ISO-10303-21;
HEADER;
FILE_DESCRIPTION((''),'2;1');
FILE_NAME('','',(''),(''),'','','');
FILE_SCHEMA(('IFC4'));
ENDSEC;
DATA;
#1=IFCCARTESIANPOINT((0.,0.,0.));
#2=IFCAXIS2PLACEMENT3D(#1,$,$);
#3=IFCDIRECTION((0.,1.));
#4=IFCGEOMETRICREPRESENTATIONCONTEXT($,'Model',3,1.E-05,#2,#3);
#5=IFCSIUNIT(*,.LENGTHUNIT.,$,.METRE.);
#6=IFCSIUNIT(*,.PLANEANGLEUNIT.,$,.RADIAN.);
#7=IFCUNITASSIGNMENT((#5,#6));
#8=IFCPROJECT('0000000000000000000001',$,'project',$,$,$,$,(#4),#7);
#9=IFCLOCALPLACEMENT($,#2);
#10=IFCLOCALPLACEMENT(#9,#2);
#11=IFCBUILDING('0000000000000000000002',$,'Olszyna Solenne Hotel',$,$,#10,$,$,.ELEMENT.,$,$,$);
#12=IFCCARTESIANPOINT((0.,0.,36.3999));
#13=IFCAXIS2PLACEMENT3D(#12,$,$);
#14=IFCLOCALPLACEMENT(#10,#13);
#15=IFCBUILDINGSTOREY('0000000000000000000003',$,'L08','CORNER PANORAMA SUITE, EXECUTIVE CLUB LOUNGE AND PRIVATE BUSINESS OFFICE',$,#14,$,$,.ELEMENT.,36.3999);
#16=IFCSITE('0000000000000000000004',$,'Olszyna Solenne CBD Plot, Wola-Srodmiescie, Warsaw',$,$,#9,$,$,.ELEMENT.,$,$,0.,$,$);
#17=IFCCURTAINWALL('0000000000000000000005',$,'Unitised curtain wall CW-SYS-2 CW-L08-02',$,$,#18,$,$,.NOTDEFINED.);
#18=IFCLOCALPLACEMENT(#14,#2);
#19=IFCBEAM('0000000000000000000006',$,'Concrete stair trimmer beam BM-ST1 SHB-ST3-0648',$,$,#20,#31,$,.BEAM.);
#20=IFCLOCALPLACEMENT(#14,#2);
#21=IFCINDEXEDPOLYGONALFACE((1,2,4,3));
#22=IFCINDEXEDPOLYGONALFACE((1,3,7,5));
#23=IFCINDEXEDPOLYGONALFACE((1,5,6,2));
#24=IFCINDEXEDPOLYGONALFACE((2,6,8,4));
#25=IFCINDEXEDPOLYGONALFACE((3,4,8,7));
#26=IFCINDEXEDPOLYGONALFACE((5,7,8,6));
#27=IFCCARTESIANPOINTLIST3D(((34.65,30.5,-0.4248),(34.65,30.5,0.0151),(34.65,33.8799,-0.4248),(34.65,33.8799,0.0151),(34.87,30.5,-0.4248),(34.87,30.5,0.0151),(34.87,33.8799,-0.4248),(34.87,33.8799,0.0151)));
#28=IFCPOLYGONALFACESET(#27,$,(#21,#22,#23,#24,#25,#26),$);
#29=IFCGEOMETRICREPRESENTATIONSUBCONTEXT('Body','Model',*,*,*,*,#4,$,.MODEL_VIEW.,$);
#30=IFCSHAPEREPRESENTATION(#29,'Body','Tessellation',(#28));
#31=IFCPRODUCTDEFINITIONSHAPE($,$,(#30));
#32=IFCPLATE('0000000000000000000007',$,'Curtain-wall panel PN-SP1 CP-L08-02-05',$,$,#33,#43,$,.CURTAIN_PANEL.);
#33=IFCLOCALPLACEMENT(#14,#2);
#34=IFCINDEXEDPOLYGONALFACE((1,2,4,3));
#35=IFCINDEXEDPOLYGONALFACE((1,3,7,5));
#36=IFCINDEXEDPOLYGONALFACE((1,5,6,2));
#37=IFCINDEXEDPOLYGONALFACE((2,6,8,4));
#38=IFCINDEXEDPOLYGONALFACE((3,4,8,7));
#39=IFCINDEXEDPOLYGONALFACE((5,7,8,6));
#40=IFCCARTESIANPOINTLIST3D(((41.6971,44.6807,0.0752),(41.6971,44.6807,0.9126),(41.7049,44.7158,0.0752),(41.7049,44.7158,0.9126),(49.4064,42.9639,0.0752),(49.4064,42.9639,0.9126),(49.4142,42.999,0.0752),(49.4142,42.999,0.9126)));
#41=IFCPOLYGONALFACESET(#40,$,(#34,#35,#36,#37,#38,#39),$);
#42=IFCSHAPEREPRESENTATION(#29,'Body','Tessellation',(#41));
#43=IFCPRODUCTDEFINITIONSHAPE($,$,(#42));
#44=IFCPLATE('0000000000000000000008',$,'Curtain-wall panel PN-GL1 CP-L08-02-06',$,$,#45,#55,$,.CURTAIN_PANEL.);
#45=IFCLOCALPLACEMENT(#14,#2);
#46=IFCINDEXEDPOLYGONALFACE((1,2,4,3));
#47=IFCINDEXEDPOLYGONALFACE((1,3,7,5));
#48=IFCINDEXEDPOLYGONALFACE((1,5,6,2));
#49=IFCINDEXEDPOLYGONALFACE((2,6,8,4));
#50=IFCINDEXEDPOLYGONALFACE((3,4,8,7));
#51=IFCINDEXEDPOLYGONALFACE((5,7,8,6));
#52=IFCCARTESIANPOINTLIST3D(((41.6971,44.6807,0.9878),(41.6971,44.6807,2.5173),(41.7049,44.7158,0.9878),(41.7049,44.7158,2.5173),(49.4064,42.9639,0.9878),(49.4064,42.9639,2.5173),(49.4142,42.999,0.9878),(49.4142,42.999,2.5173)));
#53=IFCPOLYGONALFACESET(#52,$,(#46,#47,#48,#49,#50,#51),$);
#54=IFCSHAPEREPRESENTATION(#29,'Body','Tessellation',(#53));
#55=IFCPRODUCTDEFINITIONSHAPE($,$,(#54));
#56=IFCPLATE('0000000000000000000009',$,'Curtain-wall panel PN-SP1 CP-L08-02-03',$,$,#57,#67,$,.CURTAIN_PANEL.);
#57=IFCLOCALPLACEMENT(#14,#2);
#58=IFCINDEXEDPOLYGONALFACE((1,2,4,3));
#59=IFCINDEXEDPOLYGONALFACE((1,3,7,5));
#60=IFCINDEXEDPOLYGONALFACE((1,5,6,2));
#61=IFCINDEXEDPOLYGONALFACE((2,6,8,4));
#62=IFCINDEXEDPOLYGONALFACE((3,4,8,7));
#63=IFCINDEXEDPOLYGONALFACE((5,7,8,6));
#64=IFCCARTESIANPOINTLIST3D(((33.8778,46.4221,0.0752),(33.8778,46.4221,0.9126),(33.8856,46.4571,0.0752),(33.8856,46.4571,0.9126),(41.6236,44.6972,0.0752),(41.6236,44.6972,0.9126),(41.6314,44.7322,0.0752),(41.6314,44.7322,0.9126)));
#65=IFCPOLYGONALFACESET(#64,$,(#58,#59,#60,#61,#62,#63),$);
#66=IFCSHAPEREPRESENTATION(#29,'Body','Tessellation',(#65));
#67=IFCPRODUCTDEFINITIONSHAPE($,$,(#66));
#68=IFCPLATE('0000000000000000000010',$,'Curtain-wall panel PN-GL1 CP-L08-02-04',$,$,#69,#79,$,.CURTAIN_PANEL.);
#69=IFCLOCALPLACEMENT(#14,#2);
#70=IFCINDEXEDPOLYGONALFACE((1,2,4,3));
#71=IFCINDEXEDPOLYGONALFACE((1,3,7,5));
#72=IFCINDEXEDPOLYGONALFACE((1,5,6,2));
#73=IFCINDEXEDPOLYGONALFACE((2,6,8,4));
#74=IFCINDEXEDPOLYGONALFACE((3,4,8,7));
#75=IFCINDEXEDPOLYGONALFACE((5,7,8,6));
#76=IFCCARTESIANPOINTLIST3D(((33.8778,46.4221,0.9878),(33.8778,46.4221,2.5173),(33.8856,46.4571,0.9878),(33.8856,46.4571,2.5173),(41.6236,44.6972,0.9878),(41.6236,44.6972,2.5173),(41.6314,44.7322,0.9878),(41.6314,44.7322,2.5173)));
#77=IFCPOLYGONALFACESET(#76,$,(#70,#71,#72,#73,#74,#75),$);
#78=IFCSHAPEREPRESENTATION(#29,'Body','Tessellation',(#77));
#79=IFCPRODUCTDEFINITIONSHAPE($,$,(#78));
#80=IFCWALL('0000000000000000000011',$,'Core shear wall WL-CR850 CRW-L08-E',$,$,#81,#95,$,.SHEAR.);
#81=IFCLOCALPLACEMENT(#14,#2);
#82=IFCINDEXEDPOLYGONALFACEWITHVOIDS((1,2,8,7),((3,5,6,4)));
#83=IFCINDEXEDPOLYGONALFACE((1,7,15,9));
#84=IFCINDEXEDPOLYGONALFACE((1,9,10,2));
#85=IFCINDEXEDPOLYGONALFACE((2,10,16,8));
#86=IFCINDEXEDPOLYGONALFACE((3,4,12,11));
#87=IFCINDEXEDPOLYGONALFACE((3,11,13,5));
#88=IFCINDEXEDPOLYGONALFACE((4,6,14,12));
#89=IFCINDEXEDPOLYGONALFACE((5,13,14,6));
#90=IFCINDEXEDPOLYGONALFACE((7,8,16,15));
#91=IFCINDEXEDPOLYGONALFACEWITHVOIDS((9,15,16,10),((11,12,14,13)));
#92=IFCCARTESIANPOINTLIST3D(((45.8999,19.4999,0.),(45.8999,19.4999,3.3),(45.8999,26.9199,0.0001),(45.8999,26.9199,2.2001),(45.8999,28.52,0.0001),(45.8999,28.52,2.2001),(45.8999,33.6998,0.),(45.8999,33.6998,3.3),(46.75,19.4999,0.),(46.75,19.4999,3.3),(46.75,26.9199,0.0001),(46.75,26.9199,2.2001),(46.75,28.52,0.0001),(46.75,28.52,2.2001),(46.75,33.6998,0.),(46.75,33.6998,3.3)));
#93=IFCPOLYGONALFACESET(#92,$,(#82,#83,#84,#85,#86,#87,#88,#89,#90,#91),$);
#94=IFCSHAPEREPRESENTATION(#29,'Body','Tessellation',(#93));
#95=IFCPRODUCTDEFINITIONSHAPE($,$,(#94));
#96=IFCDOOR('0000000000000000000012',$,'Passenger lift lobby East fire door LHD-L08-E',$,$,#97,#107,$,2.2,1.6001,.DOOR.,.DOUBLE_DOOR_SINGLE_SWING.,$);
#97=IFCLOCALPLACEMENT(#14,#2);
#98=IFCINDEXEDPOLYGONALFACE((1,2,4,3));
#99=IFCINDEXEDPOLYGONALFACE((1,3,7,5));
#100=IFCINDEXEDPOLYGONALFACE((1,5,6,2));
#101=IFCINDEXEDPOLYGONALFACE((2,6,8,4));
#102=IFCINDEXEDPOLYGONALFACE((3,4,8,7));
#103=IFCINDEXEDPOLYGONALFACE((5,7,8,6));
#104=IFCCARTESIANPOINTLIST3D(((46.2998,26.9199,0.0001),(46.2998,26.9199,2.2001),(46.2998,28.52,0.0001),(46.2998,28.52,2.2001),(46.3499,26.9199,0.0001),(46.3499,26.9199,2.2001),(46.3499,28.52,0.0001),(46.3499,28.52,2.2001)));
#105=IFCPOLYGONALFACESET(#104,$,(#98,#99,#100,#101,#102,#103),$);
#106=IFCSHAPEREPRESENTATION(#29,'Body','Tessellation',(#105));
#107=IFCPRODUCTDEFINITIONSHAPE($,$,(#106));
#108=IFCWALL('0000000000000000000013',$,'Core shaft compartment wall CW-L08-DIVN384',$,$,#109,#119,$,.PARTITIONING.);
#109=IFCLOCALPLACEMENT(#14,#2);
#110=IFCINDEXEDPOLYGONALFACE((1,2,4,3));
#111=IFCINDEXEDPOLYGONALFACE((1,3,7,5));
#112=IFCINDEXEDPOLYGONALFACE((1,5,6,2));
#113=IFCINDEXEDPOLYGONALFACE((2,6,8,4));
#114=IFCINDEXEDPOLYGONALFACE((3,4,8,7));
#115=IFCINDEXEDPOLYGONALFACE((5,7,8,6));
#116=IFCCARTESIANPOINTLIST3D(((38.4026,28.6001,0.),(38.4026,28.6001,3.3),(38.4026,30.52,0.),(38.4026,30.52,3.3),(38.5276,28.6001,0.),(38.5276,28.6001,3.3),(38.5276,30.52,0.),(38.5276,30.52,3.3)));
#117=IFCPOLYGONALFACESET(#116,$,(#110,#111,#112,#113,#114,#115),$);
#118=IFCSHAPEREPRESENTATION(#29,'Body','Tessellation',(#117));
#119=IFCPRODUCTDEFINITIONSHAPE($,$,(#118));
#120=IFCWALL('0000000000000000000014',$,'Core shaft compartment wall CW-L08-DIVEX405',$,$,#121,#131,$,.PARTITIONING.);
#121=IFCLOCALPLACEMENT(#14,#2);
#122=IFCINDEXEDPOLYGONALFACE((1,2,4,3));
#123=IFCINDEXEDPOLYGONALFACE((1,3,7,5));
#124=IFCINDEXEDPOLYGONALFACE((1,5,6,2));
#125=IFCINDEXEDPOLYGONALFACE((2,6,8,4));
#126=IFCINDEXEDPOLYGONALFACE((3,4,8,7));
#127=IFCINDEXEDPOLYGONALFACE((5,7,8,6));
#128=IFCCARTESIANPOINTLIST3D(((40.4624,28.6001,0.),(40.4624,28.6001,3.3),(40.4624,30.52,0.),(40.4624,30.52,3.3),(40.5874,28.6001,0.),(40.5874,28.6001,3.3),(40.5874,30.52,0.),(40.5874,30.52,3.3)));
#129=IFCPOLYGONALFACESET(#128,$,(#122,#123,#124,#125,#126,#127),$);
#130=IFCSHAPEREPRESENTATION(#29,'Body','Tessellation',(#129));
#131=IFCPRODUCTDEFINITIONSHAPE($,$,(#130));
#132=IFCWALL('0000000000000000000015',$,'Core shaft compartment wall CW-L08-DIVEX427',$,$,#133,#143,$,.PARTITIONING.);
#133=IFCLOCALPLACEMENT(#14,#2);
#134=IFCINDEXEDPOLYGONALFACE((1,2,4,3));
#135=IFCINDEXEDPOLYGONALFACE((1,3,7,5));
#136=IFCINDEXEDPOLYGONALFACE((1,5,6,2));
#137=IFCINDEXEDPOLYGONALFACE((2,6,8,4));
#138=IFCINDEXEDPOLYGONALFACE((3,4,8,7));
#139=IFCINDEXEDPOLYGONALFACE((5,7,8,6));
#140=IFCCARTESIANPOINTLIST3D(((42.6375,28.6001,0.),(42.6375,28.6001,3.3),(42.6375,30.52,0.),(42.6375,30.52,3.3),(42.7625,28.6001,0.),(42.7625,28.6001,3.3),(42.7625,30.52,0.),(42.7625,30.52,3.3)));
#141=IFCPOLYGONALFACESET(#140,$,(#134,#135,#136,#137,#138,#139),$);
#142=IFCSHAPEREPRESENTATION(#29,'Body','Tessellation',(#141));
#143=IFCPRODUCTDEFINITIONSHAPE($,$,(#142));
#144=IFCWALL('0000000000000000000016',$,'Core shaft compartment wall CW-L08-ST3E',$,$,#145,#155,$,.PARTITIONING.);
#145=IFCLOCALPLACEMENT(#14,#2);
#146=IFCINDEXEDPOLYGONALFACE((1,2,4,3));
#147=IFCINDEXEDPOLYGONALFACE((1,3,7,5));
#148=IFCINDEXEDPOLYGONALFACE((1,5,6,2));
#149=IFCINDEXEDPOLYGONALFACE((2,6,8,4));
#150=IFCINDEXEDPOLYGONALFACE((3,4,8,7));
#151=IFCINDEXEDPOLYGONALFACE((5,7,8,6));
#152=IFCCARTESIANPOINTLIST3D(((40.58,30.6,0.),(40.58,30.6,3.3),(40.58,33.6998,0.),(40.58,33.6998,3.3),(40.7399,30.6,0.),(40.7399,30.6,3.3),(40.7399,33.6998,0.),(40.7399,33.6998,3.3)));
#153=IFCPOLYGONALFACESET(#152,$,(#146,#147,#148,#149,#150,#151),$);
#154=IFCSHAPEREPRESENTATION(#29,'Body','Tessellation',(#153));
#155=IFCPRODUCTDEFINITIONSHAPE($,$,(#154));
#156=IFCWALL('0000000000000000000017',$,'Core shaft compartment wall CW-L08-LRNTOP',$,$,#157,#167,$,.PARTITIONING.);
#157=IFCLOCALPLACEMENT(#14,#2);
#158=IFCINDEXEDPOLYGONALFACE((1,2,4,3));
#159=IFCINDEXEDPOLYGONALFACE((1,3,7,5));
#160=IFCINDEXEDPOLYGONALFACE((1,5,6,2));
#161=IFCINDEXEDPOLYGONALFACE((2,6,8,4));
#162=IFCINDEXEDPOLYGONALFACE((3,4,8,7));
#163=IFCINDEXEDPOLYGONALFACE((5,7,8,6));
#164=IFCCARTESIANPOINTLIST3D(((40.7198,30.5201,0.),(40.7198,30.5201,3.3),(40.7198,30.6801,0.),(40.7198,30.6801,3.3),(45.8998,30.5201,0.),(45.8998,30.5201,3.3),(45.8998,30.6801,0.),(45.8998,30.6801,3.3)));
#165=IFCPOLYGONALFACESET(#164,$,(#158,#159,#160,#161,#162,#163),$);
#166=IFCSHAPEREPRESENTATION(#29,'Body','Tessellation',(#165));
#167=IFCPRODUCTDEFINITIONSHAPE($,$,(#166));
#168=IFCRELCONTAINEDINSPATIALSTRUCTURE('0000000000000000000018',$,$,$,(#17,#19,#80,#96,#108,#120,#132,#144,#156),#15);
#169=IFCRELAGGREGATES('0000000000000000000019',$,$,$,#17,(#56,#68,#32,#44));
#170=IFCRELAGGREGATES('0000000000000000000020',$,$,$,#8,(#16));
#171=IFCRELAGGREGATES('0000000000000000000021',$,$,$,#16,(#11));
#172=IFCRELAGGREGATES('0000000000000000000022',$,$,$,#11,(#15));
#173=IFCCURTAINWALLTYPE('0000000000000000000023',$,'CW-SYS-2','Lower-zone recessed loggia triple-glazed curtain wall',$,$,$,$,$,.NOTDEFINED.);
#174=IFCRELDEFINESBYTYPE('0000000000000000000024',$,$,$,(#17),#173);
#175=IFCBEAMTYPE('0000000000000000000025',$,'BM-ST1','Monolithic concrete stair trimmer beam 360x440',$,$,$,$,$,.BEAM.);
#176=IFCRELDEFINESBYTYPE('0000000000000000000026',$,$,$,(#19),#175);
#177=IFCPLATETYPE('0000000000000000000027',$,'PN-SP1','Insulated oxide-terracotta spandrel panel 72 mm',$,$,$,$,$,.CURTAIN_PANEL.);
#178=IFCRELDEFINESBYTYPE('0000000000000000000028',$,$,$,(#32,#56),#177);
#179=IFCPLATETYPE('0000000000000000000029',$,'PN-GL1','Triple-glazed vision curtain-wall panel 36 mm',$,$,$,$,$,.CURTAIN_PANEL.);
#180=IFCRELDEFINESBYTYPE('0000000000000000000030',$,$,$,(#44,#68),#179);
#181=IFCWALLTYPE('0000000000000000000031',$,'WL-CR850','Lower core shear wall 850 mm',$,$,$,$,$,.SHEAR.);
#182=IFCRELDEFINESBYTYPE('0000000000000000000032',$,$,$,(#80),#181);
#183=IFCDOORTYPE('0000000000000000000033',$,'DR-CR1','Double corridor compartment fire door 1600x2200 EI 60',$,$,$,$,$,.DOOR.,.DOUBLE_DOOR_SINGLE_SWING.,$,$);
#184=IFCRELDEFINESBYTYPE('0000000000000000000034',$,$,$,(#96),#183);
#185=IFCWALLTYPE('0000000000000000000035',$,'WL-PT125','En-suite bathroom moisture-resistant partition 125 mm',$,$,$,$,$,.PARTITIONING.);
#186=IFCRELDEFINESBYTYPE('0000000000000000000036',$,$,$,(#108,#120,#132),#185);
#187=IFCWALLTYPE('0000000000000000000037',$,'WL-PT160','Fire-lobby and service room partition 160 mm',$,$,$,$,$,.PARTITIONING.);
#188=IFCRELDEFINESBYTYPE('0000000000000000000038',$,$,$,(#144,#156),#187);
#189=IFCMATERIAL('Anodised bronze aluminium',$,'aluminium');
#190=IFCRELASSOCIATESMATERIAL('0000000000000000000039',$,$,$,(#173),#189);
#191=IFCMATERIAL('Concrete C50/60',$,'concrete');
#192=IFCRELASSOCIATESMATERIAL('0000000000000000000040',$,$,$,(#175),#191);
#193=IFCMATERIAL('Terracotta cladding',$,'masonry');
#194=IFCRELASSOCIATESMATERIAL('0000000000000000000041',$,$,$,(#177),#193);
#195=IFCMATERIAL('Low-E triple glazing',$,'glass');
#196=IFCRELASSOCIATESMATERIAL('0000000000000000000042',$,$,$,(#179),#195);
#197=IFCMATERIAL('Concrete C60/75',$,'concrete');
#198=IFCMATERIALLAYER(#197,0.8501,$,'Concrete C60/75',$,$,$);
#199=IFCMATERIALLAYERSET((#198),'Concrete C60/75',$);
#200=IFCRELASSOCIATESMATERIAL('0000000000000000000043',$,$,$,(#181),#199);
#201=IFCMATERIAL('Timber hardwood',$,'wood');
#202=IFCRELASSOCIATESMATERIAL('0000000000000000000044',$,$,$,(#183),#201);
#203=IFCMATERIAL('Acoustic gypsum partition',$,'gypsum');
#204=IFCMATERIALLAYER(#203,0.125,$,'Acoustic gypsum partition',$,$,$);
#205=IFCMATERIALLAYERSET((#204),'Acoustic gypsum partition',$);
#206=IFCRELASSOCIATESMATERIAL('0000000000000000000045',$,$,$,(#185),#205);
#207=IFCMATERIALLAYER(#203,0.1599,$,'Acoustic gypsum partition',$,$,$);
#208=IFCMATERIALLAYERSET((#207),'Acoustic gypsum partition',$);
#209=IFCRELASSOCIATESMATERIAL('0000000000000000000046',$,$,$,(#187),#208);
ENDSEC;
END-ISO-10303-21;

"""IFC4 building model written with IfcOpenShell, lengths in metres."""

from ifc_helpers import new_model, si_unit, direction, frame, frame_2d, origin, origin_2d, place, context, subcontext, project, spatial, rectangle, extrude, source, transform, mapped, material, layer, layer_set, material_profile, profile_set, type_object, type_shapes, element, fill, aggregate, save


model = new_model("IFC4")

# Units and contexts
model_context = context("Model", 3, precision=1e-05, world=origin(), true_north=direction((0.0, 1.0)))
body_context = subcontext(model_context, "Body", "Model", "MODEL_VIEW")
ifc_project = project(units=[si_unit("LENGTHUNIT", "METRE"), si_unit("PLANEANGLEUNIT", "RADIAN")], contexts=[model_context])

# Site, building, storey
site_placement = place(None, origin())
site = spatial("IfcSite", under=ifc_project, at=site_placement, Name="Olszyna Solenne CBD Plot, Wola-Srodmiescie, Warsaw", CompositionType="ELEMENT", RefElevation=0.0)
building_placement = place(site_placement, origin())
building = spatial("IfcBuilding", under=site, at=building_placement, Name="Olszyna Solenne Hotel", CompositionType="ELEMENT")
storey_placement = place(building_placement, frame((0.0, 0.0, 36.3999)))
storey = spatial("IfcBuildingStorey", under=building, at=storey_placement, Name="L08", Description="CORNER PANORAMA SUITE, EXECUTIVE CLUB LOUNGE AND PRIVATE BUSINESS OFFICE", CompositionType="ELEMENT", Elevation=36.3999)

# Curtain wall
ifc_material_1 = material(Name="Anodised bronze aluminium", Category="aluminium")
curtain_wall_type = type_object("IfcCurtainWallType", Name="CW-SYS-2", Description="Lower-zone recessed loggia triple-glazed curtain wall", PredefinedType="NOTDEFINED", material=ifc_material_1)
curtain_wall_placement = place(storey_placement, origin())
curtain_wall = element("IfcCurtainWall", 1, at=curtain_wall_placement, inside=storey, type_object=curtain_wall_type, Name="Unitised curtain wall CW-SYS-2 CW-L08-02", PredefinedType="NOTDEFINED")

# Beam
ifc_material_2 = material(Name="Concrete C50/60", Category="concrete")
ifc_material_profile_1 = material_profile(ifc_material_2, rectangle(XDim=0.22, YDim=0.4399, at=origin_2d()), Name="RC 220x440", Category="load-bearing")
ifc_profile_set_1 = profile_set([ifc_material_profile_1], Name="Concrete C50/60")
beam_type_1 = type_object("IfcBeamType", Name="BM-ST1", Description="Monolithic concrete stair trimmer beam 360x440", PredefinedType="BEAM", material=ifc_profile_set_1)
shared_shape_1 = source(origin(), body_context, "Body", "SweptSolid", [
    extrude(rectangle(XDim=0.22, YDim=0.4399, at=origin_2d()), origin(), (0.0, 0.0, 1.0), 3.3799),
])
beam_1_placement = place(storey_placement, frame((34.76, 30.5, -0.2048), z_axis=(0.0, 1.0, 0.0), x_axis=(-1.0, 0.0, 0.0)))
element("IfcBeam", 2, at=beam_1_placement, inside=storey, type_object=beam_type_1, Name="Concrete stair trimmer beam BM-ST1 SHB-ST3-0648", PredefinedType="BEAM", context=body_context, shape_type="MappedRepresentation", body=[
    mapped(shared_shape_1, transform((0.0, 0.0, 0.0), x_axis=(1.0, 0.0, 0.0), y_axis=(0.0, 1.0, 0.0), z_axis=(0.0, 0.0, 1.0), scale=1.0)),
])

# Plates
ifc_material_3 = material(Name="Terracotta cladding", Category="masonry")
plate_type_1 = type_object("IfcPlateType", Name="PN-SP1", Description="Insulated oxide-terracotta spandrel panel 72 mm", PredefinedType="CURTAIN_PANEL", material=ifc_material_3)
shared_shape_2 = source(origin(), body_context, "Body", "SweptSolid", [
    extrude(rectangle(XDim=7.8982, YDim=0.0359, at=origin_2d()), origin(), (0.0, 0.0, 1.0), 0.8374),
])
plate_1_placement = place(storey_placement, frame((45.5557, 43.8398, 0.0752), z_axis=(0.0, 0.0, 1.0), x_axis=(0.97609, -0.217365, 0.0)))
plate_1 = element("IfcPlate", 3, at=plate_1_placement, type_object=plate_type_1, Name="Curtain-wall panel PN-SP1 CP-L08-02-05", PredefinedType="CURTAIN_PANEL", context=body_context, shape_type="MappedRepresentation", body=[
    mapped(shared_shape_2, transform((0.0, 0.0, 0.0), x_axis=(1.0, 0.0, 0.0), y_axis=(0.0, 1.0, 0.0), z_axis=(0.0, 0.0, 1.0), scale=1.0)),
])
ifc_material_4 = material(Name="Low-E triple glazing", Category="glass")
plate_type_2 = type_object("IfcPlateType", Name="PN-GL1", Description="Triple-glazed vision curtain-wall panel 36 mm", PredefinedType="CURTAIN_PANEL", material=ifc_material_4)
shared_shape_3 = source(origin(), body_context, "Body", "SweptSolid", [
    extrude(rectangle(XDim=7.8982, YDim=0.0359, at=origin_2d()), origin(), (0.0, 0.0, 1.0), 1.5295),
])
plate_2_placement = place(storey_placement, frame((45.5557, 43.8398, 0.9878), z_axis=(0.0, 0.0, 1.0), x_axis=(0.97609, -0.217365, 0.0)))
plate_2 = element("IfcPlate", 4, at=plate_2_placement, type_object=plate_type_2, Name="Curtain-wall panel PN-GL1 CP-L08-02-06", PredefinedType="CURTAIN_PANEL", context=body_context, shape_type="MappedRepresentation", body=[
    mapped(shared_shape_3, transform((0.0, 0.0, 0.0), x_axis=(1.0, 0.0, 0.0), y_axis=(0.0, 1.0, 0.0), z_axis=(0.0, 0.0, 1.0), scale=1.0)),
])
shared_shape_4 = source(origin(), body_context, "Body", "SweptSolid", [
    extrude(rectangle(XDim=7.9355, YDim=0.0359, at=origin_2d()), origin(), (0.0, 0.0, 1.0), 0.8374),
])
plate_3_placement = place(storey_placement, frame((37.7546, 45.5771, 0.0752), z_axis=(0.0, 0.0, 1.0), x_axis=(0.97609, -0.217365, 0.0)))
plate_3 = element("IfcPlate", 5, at=plate_3_placement, type_object=plate_type_1, Name="Curtain-wall panel PN-SP1 CP-L08-02-03", PredefinedType="CURTAIN_PANEL", context=body_context, shape_type="MappedRepresentation", body=[
    mapped(shared_shape_4, transform((0.0, 0.0, 0.0), x_axis=(1.0, 0.0, 0.0), y_axis=(0.0, 1.0, 0.0), z_axis=(0.0, 0.0, 1.0), scale=1.0)),
])
shared_shape_5 = source(origin(), body_context, "Body", "SweptSolid", [
    extrude(rectangle(XDim=7.9355, YDim=0.0359, at=origin_2d()), origin(), (0.0, 0.0, 1.0), 1.5295),
])
plate_4_placement = place(storey_placement, frame((37.7546, 45.5771, 0.9878), z_axis=(0.0, 0.0, 1.0), x_axis=(0.97609, -0.217365, 0.0)))
plate_4 = element("IfcPlate", 6, at=plate_4_placement, type_object=plate_type_2, Name="Curtain-wall panel PN-GL1 CP-L08-02-04", PredefinedType="CURTAIN_PANEL", context=body_context, shape_type="MappedRepresentation", body=[
    mapped(shared_shape_5, transform((0.0, 0.0, 0.0), x_axis=(1.0, 0.0, 0.0), y_axis=(0.0, 1.0, 0.0), z_axis=(0.0, 0.0, 1.0), scale=1.0)),
])
aggregate(curtain_wall, [plate_3, plate_4, plate_1, plate_2])

# Wall, opening, door
ifc_material_5 = material(Name="Concrete C60/75", Category="concrete")
ifc_layer_1 = layer(ifc_material_5, 0.8501, Name="Concrete C60/75")
ifc_layer_set_1 = layer_set([ifc_layer_1], Name="Concrete C60/75")
wall_type_1 = type_object("IfcWallType", Name="WL-CR850", Description="Lower core shear wall 850 mm", PredefinedType="SHEAR", material=ifc_layer_set_1)
wall_1_placement = place(storey_placement, frame((46.325, 33.7, 0.0), z_axis=(0.0, 0.0, 1.0), x_axis=(0.0, -1.0, 0.0)))
wall_1 = element("IfcWall", 7, at=wall_1_placement, inside=storey, type_object=wall_type_1, Name="Core shear wall WL-CR850 CRW-L08-E", PredefinedType="SHEAR", context=body_context, shape_type="SweptSolid", body=[
    extrude(rectangle(XDim=14.2, YDim=0.8501, at=frame_2d((7.1001, 0.0))), origin(), (0.0, 0.0, 1.0), 3.3),
])
opening_1_placement = place(wall_1_placement, frame((5.1799, 0.0, 0.0)))
opening_1 = element("IfcOpeningElement", 8, at=opening_1_placement, cuts=wall_1, PredefinedType="OPENING", context=body_context, shape_type="SweptSolid", body=[
    extrude(rectangle(XDim=1.6001, YDim=2.2, at=frame_2d((0.8, 1.1001))), frame((0.0, 0.4351, 0.0), z_axis=(0.0, -1.0, 0.0), x_axis=(1.0, 0.0, 0.0)), (0.0, 0.0, 1.0), 0.8701),
])
ifc_material_6 = material(Name="Timber hardwood", Category="wood")
door_type_1 = type_object("IfcDoorType", Name="DR-CR1", Description="Double corridor compartment fire door 1600x2200 EI 60", OperationType="DOUBLE_DOOR_SINGLE_SWING", PredefinedType="DOOR", material=ifc_material_6)
shared_shape_6 = source(origin(), body_context, "Body", "SweptSolid", [
    extrude(rectangle(XDim=1.6001, YDim=2.2, at=frame_2d((0.8, 1.1001))), frame((0.0, 0.0249, 0.0), z_axis=(0.0, -1.0, 0.0), x_axis=(1.0, 0.0, 0.0)), (0.0, 0.0, 1.0), 0.05),
])
type_shapes(door_type_1, [shared_shape_6])
door_1_placement = place(opening_1_placement, origin())
door_1 = element("IfcDoor", 9, at=door_1_placement, inside=storey, type_object=door_type_1, Name="Passenger lift lobby East fire door LHD-L08-E", OperationType="DOUBLE_DOOR_SINGLE_SWING", OverallHeight=2.2, OverallWidth=1.6001, PredefinedType="DOOR", context=body_context, shape_type="MappedRepresentation", body=[
    mapped(shared_shape_6, transform((0.0, 0.0, 0.0), x_axis=(1.0, 0.0, 0.0), y_axis=(0.0, 1.0, 0.0), z_axis=(0.0, 0.0, 1.0), scale=1.0)),
])
fill(opening_1, door_1)

# Walls
ifc_material_7 = material(Name="Acoustic gypsum partition", Category="gypsum")
ifc_layer_2 = layer(ifc_material_7, 0.125, Name="Acoustic gypsum partition")
ifc_layer_set_2 = layer_set([ifc_layer_2], Name="Acoustic gypsum partition")
wall_type_2 = type_object("IfcWallType", Name="WL-PT125", Description="En-suite bathroom moisture-resistant partition 125 mm", PredefinedType="PARTITIONING", material=ifc_layer_set_2)
for number, where, z_axis, x_axis, name in (
    (10, (38.4651, 28.6001, 0.0), (0.0, 0.0, 1.0), (0.0, 1.0, 0.0), "Core shaft compartment wall CW-L08-DIVN384"),
    (11, (40.5249, 28.6001, 0.0), (0.0, 0.0, 1.0), (0.0, 1.0, 0.0), "Core shaft compartment wall CW-L08-DIVEX405"),
    (12, (42.7, 28.6001, 0.0), (0.0, 0.0, 1.0), (0.0, 1.0, 0.0), "Core shaft compartment wall CW-L08-DIVEX427"),
):
    element("IfcWall", number, at=place(storey_placement, frame(where, z_axis=z_axis, x_axis=x_axis)), inside=storey, type_object=wall_type_2, Name=name, PredefinedType="PARTITIONING", context=body_context, shape_type="SweptSolid", body=[
        extrude(rectangle(XDim=1.9199, YDim=0.125, at=frame_2d((0.96, 0.0))), origin(), (0.0, 0.0, 1.0), 3.3),
    ])
ifc_layer_3 = layer(ifc_material_7, 0.1599, Name="Acoustic gypsum partition")
ifc_layer_set_3 = layer_set([ifc_layer_3], Name="Acoustic gypsum partition")
wall_type_3 = type_object("IfcWallType", Name="WL-PT160", Description="Fire-lobby and service room partition 160 mm", PredefinedType="PARTITIONING", material=ifc_layer_set_3)
wall_2_placement = place(storey_placement, frame((40.6599, 30.6001, 0.0), z_axis=(0.0, 0.0, 1.0), x_axis=(0.0, 1.0, 0.0)))
element("IfcWall", 13, at=wall_2_placement, inside=storey, type_object=wall_type_3, Name="Core shaft compartment wall CW-L08-ST3E", PredefinedType="PARTITIONING", context=body_context, shape_type="SweptSolid", body=[
    extrude(rectangle(XDim=3.0999, YDim=0.1599, at=frame_2d((1.5498, 0.0))), origin(), (0.0, 0.0, 1.0), 3.3),
])
wall_3_placement = place(storey_placement, frame((40.72, 30.6001, 0.0), z_axis=(0.0, 0.0, 1.0), x_axis=(1.0, 0.0, 0.0)))
element("IfcWall", 14, at=wall_3_placement, inside=storey, type_object=wall_type_3, Name="Core shaft compartment wall CW-L08-LRNTOP", PredefinedType="PARTITIONING", context=body_context, shape_type="SweptSolid", body=[
    extrude(rectangle(XDim=5.1799, YDim=0.1599, at=frame_2d((2.5898, 0.0))), origin(), (0.0, 0.0, 1.0), 3.3),
])

save(model, "model.ifc")
